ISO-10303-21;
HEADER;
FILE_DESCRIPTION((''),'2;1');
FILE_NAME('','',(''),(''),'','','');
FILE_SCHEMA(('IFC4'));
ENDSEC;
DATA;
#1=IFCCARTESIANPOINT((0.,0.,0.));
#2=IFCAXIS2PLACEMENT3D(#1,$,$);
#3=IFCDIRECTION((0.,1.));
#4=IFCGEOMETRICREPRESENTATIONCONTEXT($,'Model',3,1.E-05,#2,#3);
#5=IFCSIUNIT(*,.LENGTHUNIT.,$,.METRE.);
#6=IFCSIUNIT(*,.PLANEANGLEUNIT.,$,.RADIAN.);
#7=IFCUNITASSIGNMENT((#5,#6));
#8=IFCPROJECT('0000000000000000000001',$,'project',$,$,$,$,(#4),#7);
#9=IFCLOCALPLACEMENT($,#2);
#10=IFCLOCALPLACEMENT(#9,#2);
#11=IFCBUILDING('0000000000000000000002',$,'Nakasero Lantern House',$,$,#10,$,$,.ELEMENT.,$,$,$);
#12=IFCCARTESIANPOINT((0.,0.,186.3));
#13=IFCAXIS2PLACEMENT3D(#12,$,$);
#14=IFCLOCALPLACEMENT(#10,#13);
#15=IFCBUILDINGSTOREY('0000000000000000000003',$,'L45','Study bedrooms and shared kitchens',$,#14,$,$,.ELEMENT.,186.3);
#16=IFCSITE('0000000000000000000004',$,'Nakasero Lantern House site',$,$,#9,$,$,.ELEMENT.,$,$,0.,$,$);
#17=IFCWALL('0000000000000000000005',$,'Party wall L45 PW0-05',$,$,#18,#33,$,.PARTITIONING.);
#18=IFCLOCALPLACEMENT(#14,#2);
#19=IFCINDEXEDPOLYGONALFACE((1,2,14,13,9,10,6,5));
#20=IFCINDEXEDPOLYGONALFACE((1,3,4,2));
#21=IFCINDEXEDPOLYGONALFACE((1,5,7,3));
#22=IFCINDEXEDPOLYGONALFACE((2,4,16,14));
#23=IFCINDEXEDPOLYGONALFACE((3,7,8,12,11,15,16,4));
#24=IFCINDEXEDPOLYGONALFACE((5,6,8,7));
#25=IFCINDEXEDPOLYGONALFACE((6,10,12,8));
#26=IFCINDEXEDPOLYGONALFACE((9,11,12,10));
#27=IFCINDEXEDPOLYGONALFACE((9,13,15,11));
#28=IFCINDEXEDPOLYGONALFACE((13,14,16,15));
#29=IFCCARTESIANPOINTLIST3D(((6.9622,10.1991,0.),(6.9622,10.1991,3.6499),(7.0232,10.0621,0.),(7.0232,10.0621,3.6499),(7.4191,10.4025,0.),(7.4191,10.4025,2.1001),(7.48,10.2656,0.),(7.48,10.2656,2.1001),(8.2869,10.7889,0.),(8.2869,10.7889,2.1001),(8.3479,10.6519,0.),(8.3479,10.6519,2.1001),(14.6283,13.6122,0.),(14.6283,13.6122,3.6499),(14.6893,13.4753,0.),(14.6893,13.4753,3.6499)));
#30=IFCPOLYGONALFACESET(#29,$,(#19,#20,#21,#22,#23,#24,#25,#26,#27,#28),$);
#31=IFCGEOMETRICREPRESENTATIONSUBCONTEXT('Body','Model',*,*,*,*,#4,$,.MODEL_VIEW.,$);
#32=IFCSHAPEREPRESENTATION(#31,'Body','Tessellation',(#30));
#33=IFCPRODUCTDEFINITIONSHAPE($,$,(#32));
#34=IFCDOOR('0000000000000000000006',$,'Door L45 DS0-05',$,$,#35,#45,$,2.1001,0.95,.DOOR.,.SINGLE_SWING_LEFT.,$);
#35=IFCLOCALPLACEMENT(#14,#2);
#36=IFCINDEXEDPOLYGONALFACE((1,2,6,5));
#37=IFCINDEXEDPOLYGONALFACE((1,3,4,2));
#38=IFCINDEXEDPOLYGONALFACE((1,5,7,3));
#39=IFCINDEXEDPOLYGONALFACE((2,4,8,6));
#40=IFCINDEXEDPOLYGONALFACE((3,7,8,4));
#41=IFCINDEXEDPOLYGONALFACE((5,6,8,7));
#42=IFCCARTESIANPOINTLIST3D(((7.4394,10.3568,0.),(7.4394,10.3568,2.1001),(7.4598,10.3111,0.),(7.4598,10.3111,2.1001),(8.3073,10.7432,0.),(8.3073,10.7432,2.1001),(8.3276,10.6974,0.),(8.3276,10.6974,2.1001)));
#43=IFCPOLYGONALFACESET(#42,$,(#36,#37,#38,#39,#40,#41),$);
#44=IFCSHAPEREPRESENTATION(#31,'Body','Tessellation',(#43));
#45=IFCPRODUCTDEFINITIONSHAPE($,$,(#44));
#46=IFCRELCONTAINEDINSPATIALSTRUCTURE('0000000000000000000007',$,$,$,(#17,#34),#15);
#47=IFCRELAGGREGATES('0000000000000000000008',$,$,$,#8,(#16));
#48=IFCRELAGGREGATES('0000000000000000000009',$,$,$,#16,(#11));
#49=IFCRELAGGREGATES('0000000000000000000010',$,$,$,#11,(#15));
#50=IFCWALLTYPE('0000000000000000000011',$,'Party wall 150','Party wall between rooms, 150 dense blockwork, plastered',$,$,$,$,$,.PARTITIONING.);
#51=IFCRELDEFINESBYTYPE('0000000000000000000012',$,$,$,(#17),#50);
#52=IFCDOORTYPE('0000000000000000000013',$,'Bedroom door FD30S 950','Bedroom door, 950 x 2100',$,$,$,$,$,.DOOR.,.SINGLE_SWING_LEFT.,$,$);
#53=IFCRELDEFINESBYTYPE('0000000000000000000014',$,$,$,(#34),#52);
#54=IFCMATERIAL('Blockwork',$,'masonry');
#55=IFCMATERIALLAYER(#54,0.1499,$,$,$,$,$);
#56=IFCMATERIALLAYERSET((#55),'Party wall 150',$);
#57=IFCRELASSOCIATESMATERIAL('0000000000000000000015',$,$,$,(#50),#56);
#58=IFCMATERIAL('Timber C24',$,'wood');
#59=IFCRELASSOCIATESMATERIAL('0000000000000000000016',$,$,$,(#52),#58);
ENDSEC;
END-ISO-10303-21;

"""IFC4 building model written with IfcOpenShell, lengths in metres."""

from ifc_helpers import new_model, si_unit, direction, frame, frame_2d, origin, place, context, subcontext, project, spatial, rectangle, extrude, material, layer, layer_set, type_object, element, fill, save


model = new_model("IFC4")

# Units and contexts
model_context = context("Model", 3, precision=1e-05, world=origin(), true_north=direction((0.0, 1.0)))
body_context = subcontext(model_context, "Body", "Model", "MODEL_VIEW")
ifc_project = project(units=[si_unit("LENGTHUNIT", "METRE"), si_unit("PLANEANGLEUNIT", "RADIAN")], contexts=[model_context])

# Site, building, storey
site_placement = place(None, origin())
site = spatial("IfcSite", under=ifc_project, at=site_placement, Name="Nakasero Lantern House site", CompositionType="ELEMENT", RefElevation=0.0)
building_placement = place(site_placement, origin())
building = spatial("IfcBuilding", under=site, at=building_placement, Name="Nakasero Lantern House", CompositionType="ELEMENT")
storey_placement = place(building_placement, frame((0.0, 0.0, 186.3)))
storey = spatial("IfcBuildingStorey", under=building, at=storey_placement, Name="L45", Description="Study bedrooms and shared kitchens", CompositionType="ELEMENT", Elevation=186.3)

# Wall, opening, door
ifc_material_1 = material(Name="Blockwork", Category="masonry")
ifc_layer_1 = layer(ifc_material_1, 0.1499)
ifc_layer_set_1 = layer_set([ifc_layer_1], Name="Party wall 150")
wall_type_1 = type_object("IfcWallType", Name="Party wall 150", Description="Party wall between rooms, 150 dense blockwork, plastered", PredefinedType="PARTITIONING", material=ifc_layer_set_1)
wall_1_placement = place(storey_placement, frame((6.9927, 10.1306, 0.0), z_axis=(0.0, 0.0, 1.0), x_axis=(0.913547, 0.406732, 0.0)))
wall_1 = element("IfcWall", 1, at=wall_1_placement, inside=storey, type_object=wall_type_1, Name="Party wall L45 PW0-05", PredefinedType="PARTITIONING", context=body_context, shape_type="SweptSolid", body=[
    extrude(rectangle(XDim=8.3916, YDim=0.1499, at=frame_2d((4.1958, 0.0))), origin(), (0.0, 0.0, 1.0), 3.6499),
])
opening_1_placement = place(wall_1_placement, frame((0.5, 0.0, 0.0)))
opening_1 = element("IfcOpeningElement", 2, at=opening_1_placement, cuts=wall_1, PredefinedType="OPENING", context=body_context, shape_type="SweptSolid", body=[
    extrude(rectangle(XDim=0.95, YDim=2.1001, at=frame_2d((0.4751, 1.05))), frame((0.0, 0.095, 0.0), z_axis=(0.0, -1.0, 0.0), x_axis=(1.0, 0.0, 0.0)), (0.0, 0.0, 1.0), 0.1899),
])
ifc_material_2 = material(Name="Timber C24", Category="wood")
door_type_1 = type_object("IfcDoorType", Name="Bedroom door FD30S 950", Description="Bedroom door, 950 x 2100", OperationType="SINGLE_SWING_LEFT", PredefinedType="DOOR", material=ifc_material_2)
door_1_placement = place(opening_1_placement, origin())
door_1 = element("IfcDoor", 3, at=door_1_placement, inside=storey, type_object=door_type_1, Name="Door L45 DS0-05", OperationType="SINGLE_SWING_LEFT", OverallHeight=2.1001, OverallWidth=0.95, PredefinedType="DOOR", context=body_context, shape_type="SweptSolid", body=[
    extrude(rectangle(XDim=0.95, YDim=2.1001, at=frame_2d((0.4751, 1.05))), frame((0.0, 0.0249, 0.0), z_axis=(0.0, -1.0, 0.0), x_axis=(1.0, 0.0, 0.0)), (0.0, 0.0, 1.0), 0.05),
])
fill(opening_1, door_1)

save(model, "model.ifc")
